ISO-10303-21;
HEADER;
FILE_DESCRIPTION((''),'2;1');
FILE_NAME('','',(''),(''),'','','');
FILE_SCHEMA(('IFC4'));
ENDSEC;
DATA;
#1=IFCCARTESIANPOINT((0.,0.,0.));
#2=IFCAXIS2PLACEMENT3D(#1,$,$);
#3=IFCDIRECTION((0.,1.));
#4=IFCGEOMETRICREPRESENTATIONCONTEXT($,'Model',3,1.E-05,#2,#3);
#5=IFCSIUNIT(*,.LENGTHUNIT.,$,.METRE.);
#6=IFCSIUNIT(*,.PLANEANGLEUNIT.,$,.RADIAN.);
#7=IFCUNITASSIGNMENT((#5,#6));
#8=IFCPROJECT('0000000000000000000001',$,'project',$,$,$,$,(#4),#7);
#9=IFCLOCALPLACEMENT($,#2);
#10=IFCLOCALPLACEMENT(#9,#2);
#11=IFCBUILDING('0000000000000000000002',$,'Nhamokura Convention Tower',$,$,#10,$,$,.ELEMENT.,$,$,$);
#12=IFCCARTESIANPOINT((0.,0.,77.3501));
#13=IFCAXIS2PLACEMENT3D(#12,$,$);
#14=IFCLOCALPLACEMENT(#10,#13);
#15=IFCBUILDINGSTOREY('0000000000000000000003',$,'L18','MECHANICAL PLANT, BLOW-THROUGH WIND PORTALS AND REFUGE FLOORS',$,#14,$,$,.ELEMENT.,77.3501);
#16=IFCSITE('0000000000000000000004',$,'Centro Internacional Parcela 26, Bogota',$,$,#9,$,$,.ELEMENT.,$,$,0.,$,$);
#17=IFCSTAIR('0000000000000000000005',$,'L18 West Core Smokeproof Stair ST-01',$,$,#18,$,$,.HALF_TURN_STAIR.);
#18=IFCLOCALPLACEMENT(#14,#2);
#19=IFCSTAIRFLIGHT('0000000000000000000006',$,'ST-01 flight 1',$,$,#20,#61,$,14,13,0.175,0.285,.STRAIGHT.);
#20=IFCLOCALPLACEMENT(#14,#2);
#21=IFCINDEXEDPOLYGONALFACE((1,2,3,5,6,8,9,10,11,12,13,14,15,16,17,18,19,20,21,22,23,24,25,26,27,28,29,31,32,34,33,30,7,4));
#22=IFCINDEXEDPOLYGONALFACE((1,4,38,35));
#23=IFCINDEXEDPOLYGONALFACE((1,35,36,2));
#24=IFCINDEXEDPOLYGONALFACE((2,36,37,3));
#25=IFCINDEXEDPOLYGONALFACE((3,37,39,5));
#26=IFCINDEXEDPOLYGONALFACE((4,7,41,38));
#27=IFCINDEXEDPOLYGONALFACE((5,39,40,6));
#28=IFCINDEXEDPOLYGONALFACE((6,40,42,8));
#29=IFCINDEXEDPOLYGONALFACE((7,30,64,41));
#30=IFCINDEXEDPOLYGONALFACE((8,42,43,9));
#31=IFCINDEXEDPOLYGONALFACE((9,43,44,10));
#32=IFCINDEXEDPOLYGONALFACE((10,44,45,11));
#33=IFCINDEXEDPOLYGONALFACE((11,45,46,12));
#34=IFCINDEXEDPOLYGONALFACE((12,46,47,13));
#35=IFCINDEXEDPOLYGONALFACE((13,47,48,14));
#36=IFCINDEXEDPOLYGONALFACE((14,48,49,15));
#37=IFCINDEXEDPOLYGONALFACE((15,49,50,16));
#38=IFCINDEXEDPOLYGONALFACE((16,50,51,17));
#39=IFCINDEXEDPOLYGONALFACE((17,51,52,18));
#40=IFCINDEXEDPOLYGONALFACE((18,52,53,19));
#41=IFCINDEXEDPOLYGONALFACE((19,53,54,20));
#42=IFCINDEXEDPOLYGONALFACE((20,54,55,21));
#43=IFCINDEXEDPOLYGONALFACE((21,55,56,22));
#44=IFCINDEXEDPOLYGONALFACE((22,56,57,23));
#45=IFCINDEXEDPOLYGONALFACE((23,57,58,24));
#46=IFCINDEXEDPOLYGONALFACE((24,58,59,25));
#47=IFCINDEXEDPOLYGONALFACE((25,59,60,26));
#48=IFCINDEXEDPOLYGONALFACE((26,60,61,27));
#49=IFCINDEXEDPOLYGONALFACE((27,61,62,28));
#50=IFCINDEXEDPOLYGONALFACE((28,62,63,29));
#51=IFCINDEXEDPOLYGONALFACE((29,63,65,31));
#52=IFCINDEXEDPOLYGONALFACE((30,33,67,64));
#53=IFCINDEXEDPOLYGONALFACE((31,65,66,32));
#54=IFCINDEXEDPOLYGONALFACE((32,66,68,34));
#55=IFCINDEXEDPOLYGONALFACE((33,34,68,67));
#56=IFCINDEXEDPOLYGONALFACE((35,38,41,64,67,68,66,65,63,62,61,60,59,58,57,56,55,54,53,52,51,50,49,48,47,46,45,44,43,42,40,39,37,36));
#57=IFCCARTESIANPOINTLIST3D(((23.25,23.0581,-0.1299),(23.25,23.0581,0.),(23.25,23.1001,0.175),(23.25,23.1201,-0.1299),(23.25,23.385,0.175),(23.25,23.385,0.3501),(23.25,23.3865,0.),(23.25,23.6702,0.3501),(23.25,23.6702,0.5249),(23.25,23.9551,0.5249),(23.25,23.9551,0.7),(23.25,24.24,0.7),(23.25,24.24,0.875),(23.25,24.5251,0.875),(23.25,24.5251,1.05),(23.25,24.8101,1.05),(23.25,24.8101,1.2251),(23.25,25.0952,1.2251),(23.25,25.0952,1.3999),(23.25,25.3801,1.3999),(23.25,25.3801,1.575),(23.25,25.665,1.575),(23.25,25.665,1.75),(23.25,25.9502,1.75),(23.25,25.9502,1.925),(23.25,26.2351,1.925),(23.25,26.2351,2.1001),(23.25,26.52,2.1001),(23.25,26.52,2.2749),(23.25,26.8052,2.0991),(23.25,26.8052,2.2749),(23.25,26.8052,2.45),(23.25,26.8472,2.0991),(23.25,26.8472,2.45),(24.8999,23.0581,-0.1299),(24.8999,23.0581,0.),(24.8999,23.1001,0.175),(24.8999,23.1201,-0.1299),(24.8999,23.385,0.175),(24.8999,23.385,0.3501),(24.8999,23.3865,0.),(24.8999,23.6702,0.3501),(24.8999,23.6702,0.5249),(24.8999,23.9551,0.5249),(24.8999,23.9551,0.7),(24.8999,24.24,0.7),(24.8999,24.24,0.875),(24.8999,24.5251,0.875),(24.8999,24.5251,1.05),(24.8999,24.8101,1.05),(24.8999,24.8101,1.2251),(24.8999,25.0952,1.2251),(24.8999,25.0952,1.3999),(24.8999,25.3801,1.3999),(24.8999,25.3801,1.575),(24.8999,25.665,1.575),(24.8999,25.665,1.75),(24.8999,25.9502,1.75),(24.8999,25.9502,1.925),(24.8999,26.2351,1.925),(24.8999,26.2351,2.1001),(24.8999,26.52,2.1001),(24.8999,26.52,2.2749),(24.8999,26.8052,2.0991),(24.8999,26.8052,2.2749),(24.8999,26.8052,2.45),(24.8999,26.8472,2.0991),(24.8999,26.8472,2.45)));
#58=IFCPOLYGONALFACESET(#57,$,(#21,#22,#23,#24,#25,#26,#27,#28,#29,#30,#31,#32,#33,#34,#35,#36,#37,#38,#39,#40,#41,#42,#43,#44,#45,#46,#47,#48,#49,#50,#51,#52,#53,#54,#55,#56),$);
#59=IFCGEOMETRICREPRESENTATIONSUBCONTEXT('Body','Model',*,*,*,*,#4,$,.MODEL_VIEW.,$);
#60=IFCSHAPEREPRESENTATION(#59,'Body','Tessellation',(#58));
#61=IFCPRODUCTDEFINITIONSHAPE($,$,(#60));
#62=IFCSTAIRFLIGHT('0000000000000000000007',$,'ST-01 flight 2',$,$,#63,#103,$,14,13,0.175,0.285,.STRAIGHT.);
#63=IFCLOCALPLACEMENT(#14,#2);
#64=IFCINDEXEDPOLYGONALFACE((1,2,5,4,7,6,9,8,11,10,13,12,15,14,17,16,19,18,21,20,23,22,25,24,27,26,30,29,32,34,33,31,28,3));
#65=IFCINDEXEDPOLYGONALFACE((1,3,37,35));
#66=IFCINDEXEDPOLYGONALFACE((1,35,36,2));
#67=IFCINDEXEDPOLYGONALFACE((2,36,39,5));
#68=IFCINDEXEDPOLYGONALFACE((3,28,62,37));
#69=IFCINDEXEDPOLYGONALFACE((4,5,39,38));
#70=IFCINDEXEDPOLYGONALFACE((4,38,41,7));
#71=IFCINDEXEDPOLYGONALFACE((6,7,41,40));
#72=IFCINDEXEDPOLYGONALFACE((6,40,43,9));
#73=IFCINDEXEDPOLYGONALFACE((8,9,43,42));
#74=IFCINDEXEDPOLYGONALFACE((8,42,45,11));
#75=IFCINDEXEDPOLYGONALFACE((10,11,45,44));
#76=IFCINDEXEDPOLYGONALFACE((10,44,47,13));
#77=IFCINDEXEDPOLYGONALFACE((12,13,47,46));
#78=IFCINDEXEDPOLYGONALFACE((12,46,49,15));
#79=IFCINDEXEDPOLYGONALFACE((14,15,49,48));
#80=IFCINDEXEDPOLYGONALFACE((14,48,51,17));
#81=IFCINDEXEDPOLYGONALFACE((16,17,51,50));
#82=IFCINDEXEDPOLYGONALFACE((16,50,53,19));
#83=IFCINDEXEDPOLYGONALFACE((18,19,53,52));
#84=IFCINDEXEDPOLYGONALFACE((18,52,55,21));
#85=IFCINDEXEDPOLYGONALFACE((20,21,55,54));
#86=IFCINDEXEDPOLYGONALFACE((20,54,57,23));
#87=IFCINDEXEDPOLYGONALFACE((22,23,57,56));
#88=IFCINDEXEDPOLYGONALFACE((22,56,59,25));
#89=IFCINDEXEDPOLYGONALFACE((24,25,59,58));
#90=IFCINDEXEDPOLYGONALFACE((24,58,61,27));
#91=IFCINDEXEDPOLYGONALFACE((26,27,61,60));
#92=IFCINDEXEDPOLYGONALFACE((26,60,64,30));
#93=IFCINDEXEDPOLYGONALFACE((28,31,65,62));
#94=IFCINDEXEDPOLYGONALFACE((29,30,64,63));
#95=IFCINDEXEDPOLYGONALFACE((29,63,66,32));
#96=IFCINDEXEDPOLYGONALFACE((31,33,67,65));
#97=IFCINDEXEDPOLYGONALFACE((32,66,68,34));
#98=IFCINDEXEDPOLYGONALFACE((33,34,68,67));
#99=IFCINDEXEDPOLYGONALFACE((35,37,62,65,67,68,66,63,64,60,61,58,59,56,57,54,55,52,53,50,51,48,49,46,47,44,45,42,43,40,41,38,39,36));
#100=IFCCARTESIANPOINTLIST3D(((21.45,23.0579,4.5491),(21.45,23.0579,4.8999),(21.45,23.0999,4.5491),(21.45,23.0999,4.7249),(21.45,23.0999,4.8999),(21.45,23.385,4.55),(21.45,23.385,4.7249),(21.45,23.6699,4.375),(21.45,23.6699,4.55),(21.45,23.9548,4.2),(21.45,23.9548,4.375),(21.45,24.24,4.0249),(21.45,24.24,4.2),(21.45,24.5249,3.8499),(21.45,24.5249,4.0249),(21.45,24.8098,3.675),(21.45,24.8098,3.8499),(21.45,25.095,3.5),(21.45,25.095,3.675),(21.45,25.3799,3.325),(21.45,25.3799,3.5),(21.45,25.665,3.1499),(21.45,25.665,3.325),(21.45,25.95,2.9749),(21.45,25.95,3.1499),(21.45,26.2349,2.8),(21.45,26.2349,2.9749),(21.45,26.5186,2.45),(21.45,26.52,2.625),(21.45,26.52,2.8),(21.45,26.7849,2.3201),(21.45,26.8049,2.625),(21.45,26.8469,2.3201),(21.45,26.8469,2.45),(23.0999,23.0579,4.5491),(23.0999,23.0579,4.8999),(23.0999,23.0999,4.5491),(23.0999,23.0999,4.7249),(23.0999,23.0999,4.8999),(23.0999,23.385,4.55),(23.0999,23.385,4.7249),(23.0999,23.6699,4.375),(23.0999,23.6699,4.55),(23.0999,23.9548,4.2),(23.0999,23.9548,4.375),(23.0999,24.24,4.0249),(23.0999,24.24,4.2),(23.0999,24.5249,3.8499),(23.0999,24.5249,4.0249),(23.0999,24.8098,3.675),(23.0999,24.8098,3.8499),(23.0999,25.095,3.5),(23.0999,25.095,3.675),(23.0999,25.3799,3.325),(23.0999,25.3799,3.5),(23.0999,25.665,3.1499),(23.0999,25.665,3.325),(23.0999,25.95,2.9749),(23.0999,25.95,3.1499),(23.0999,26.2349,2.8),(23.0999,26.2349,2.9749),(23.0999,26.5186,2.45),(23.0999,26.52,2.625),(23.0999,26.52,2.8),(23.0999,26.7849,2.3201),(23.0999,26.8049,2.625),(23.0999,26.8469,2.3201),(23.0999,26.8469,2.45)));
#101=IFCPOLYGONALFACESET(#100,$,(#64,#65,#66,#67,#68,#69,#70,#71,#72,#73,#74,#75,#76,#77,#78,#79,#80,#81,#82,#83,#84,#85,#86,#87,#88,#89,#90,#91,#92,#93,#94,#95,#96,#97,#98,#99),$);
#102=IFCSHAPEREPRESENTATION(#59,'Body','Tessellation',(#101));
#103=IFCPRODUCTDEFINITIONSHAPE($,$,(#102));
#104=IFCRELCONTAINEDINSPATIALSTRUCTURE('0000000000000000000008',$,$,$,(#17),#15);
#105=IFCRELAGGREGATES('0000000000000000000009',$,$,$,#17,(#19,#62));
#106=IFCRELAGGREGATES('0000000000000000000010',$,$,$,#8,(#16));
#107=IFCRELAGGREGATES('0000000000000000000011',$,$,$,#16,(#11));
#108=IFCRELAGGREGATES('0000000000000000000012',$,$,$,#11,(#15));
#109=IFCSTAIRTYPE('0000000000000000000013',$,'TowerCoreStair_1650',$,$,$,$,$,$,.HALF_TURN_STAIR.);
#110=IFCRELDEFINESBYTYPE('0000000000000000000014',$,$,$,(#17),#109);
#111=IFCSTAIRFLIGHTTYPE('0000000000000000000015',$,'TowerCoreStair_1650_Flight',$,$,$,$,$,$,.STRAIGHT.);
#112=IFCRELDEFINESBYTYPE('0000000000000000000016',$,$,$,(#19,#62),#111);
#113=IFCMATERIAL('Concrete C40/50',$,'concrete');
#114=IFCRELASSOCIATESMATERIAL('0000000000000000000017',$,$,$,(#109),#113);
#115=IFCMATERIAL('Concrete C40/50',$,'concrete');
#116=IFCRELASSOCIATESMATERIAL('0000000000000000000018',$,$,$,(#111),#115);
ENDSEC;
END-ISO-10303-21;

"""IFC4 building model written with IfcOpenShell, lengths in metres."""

from ifc_helpers import new_model, si_unit, direction, frame, origin, place, context, subcontext, project, spatial, polyline, outline, extrude, material, type_object, element, aggregate, save


model = new_model("IFC4")

# Units and contexts
model_context = context("Model", 3, precision=1e-05, world=origin(), true_north=direction((0.0, 1.0)))
body_context = subcontext(model_context, "Body", "Model", "MODEL_VIEW")
ifc_project = project(units=[si_unit("LENGTHUNIT", "METRE"), si_unit("PLANEANGLEUNIT", "RADIAN")], contexts=[model_context])

# Site, building, storey
site_placement = place(None, origin())
site = spatial("IfcSite", under=ifc_project, at=site_placement, Name="Centro Internacional Parcela 26, Bogota", CompositionType="ELEMENT", RefElevation=0.0)
building_placement = place(site_placement, origin())
building = spatial("IfcBuilding", under=site, at=building_placement, Name="Nhamokura Convention Tower", CompositionType="ELEMENT")
storey_placement = place(building_placement, frame((0.0, 0.0, 77.3501)))
storey = spatial("IfcBuildingStorey", under=building, at=storey_placement, Name="L18", Description="MECHANICAL PLANT, BLOW-THROUGH WIND PORTALS AND REFUGE FLOORS", CompositionType="ELEMENT", Elevation=77.3501)

# Stair, stair flights
ifc_material_1 = material(Name="Concrete C40/50", Category="concrete")
stair_type = type_object("IfcStairType", Name="TowerCoreStair_1650", PredefinedType="HALF_TURN_STAIR", material=ifc_material_1)
stair_placement = place(storey_placement, origin())
stair = element("IfcStair", 1, at=stair_placement, inside=storey, type_object=stair_type, Name="L18 West Core Smokeproof Stair ST-01", PredefinedType="HALF_TURN_STAIR")
ifc_material_2 = material(Name="Concrete C40/50", Category="concrete")
stair_flight_type = type_object("IfcStairFlightType", Name="TowerCoreStair_1650_Flight", PredefinedType="STRAIGHT", material=ifc_material_2)
stair_flight_1_placement = place(storey_placement, frame((24.075, 23.1001, 0.0), z_axis=(0.0, 0.0, 1.0), x_axis=(0.0, 1.0, 0.0)))
stair_flight_1 = element("IfcStairFlight", 2, at=stair_flight_1_placement, type_object=stair_flight_type, Name="ST-01 flight 1", NumberOfRisers=14, NumberOfTreads=13, PredefinedType="STRAIGHT", RiserHeight=0.175, TreadLength=0.285, context=body_context, shape_type="SweptSolid", body=[
    extrude(outline(polyline([(-0.042, 0.0), (0.0, 0.175), (0.2849, 0.175), (0.2849, 0.3501), (0.5701, 0.3501), (0.5701, 0.5249), (0.855, 0.5249), (0.855, 0.7), (1.1399, 0.7), (1.1399, 0.875), (1.425, 0.875), (1.425, 1.05), (1.71, 1.05), (1.71, 1.2251), (1.9951, 1.2251), (1.9951, 1.3999), (2.28, 1.3999), (2.28, 1.575), (2.5649, 1.575), (2.5649, 1.75), (2.8501, 1.75), (2.8501, 1.925), (3.135, 1.925), (3.135, 2.1001), (3.4199, 2.1001), (3.4199, 2.2749), (3.7051, 2.2749), (3.7051, 2.45), (3.7471, 2.45), (3.7471, 2.0991), (3.7051, 2.0991), (0.2864, 0.0), (0.02, -0.1299), (-0.042, -0.1299), (-0.042, 0.0)])), frame((0.0, 0.825, 0.0), z_axis=(0.0, -1.0, 0.0), x_axis=(1.0, 0.0, 0.0)), (0.0, 0.0, 1.0), 1.6499),
])
stair_flight_2_placement = place(storey_placement, frame((22.2749, 26.8049, 2.45), z_axis=(0.0, 0.0, 1.0), x_axis=(0.0, -1.0, 0.0)))
stair_flight_2 = element("IfcStairFlight", 3, at=stair_flight_2_placement, type_object=stair_flight_type, Name="ST-01 flight 2", NumberOfRisers=14, NumberOfTreads=13, PredefinedType="STRAIGHT", RiserHeight=0.175, TreadLength=0.285, context=body_context, shape_type="SweptSolid", body=[
    extrude(outline(polyline([(-0.042, 0.0), (0.0, 0.175), (0.2849, 0.175), (0.2849, 0.3501), (0.5701, 0.3501), (0.5701, 0.5249), (0.855, 0.5249), (0.855, 0.7), (1.1399, 0.7), (1.1399, 0.875), (1.425, 0.875), (1.425, 1.05), (1.71, 1.05), (1.71, 1.2251), (1.9951, 1.2251), (1.9951, 1.3999), (2.28, 1.3999), (2.28, 1.575), (2.5649, 1.575), (2.5649, 1.75), (2.8501, 1.75), (2.8501, 1.925), (3.135, 1.925), (3.135, 2.1001), (3.4199, 2.1001), (3.4199, 2.2749), (3.7051, 2.2749), (3.7051, 2.45), (3.7471, 2.45), (3.7471, 2.0991), (3.7051, 2.0991), (0.2864, 0.0), (0.02, -0.1299), (-0.042, -0.1299), (-0.042, 0.0)])), frame((0.0, 0.825, 0.0), z_axis=(0.0, -1.0, 0.0), x_axis=(1.0, 0.0, 0.0)), (0.0, 0.0, 1.0), 1.6499),
])
aggregate(stair, [stair_flight_1, stair_flight_2])

save(model, "model.ifc")
